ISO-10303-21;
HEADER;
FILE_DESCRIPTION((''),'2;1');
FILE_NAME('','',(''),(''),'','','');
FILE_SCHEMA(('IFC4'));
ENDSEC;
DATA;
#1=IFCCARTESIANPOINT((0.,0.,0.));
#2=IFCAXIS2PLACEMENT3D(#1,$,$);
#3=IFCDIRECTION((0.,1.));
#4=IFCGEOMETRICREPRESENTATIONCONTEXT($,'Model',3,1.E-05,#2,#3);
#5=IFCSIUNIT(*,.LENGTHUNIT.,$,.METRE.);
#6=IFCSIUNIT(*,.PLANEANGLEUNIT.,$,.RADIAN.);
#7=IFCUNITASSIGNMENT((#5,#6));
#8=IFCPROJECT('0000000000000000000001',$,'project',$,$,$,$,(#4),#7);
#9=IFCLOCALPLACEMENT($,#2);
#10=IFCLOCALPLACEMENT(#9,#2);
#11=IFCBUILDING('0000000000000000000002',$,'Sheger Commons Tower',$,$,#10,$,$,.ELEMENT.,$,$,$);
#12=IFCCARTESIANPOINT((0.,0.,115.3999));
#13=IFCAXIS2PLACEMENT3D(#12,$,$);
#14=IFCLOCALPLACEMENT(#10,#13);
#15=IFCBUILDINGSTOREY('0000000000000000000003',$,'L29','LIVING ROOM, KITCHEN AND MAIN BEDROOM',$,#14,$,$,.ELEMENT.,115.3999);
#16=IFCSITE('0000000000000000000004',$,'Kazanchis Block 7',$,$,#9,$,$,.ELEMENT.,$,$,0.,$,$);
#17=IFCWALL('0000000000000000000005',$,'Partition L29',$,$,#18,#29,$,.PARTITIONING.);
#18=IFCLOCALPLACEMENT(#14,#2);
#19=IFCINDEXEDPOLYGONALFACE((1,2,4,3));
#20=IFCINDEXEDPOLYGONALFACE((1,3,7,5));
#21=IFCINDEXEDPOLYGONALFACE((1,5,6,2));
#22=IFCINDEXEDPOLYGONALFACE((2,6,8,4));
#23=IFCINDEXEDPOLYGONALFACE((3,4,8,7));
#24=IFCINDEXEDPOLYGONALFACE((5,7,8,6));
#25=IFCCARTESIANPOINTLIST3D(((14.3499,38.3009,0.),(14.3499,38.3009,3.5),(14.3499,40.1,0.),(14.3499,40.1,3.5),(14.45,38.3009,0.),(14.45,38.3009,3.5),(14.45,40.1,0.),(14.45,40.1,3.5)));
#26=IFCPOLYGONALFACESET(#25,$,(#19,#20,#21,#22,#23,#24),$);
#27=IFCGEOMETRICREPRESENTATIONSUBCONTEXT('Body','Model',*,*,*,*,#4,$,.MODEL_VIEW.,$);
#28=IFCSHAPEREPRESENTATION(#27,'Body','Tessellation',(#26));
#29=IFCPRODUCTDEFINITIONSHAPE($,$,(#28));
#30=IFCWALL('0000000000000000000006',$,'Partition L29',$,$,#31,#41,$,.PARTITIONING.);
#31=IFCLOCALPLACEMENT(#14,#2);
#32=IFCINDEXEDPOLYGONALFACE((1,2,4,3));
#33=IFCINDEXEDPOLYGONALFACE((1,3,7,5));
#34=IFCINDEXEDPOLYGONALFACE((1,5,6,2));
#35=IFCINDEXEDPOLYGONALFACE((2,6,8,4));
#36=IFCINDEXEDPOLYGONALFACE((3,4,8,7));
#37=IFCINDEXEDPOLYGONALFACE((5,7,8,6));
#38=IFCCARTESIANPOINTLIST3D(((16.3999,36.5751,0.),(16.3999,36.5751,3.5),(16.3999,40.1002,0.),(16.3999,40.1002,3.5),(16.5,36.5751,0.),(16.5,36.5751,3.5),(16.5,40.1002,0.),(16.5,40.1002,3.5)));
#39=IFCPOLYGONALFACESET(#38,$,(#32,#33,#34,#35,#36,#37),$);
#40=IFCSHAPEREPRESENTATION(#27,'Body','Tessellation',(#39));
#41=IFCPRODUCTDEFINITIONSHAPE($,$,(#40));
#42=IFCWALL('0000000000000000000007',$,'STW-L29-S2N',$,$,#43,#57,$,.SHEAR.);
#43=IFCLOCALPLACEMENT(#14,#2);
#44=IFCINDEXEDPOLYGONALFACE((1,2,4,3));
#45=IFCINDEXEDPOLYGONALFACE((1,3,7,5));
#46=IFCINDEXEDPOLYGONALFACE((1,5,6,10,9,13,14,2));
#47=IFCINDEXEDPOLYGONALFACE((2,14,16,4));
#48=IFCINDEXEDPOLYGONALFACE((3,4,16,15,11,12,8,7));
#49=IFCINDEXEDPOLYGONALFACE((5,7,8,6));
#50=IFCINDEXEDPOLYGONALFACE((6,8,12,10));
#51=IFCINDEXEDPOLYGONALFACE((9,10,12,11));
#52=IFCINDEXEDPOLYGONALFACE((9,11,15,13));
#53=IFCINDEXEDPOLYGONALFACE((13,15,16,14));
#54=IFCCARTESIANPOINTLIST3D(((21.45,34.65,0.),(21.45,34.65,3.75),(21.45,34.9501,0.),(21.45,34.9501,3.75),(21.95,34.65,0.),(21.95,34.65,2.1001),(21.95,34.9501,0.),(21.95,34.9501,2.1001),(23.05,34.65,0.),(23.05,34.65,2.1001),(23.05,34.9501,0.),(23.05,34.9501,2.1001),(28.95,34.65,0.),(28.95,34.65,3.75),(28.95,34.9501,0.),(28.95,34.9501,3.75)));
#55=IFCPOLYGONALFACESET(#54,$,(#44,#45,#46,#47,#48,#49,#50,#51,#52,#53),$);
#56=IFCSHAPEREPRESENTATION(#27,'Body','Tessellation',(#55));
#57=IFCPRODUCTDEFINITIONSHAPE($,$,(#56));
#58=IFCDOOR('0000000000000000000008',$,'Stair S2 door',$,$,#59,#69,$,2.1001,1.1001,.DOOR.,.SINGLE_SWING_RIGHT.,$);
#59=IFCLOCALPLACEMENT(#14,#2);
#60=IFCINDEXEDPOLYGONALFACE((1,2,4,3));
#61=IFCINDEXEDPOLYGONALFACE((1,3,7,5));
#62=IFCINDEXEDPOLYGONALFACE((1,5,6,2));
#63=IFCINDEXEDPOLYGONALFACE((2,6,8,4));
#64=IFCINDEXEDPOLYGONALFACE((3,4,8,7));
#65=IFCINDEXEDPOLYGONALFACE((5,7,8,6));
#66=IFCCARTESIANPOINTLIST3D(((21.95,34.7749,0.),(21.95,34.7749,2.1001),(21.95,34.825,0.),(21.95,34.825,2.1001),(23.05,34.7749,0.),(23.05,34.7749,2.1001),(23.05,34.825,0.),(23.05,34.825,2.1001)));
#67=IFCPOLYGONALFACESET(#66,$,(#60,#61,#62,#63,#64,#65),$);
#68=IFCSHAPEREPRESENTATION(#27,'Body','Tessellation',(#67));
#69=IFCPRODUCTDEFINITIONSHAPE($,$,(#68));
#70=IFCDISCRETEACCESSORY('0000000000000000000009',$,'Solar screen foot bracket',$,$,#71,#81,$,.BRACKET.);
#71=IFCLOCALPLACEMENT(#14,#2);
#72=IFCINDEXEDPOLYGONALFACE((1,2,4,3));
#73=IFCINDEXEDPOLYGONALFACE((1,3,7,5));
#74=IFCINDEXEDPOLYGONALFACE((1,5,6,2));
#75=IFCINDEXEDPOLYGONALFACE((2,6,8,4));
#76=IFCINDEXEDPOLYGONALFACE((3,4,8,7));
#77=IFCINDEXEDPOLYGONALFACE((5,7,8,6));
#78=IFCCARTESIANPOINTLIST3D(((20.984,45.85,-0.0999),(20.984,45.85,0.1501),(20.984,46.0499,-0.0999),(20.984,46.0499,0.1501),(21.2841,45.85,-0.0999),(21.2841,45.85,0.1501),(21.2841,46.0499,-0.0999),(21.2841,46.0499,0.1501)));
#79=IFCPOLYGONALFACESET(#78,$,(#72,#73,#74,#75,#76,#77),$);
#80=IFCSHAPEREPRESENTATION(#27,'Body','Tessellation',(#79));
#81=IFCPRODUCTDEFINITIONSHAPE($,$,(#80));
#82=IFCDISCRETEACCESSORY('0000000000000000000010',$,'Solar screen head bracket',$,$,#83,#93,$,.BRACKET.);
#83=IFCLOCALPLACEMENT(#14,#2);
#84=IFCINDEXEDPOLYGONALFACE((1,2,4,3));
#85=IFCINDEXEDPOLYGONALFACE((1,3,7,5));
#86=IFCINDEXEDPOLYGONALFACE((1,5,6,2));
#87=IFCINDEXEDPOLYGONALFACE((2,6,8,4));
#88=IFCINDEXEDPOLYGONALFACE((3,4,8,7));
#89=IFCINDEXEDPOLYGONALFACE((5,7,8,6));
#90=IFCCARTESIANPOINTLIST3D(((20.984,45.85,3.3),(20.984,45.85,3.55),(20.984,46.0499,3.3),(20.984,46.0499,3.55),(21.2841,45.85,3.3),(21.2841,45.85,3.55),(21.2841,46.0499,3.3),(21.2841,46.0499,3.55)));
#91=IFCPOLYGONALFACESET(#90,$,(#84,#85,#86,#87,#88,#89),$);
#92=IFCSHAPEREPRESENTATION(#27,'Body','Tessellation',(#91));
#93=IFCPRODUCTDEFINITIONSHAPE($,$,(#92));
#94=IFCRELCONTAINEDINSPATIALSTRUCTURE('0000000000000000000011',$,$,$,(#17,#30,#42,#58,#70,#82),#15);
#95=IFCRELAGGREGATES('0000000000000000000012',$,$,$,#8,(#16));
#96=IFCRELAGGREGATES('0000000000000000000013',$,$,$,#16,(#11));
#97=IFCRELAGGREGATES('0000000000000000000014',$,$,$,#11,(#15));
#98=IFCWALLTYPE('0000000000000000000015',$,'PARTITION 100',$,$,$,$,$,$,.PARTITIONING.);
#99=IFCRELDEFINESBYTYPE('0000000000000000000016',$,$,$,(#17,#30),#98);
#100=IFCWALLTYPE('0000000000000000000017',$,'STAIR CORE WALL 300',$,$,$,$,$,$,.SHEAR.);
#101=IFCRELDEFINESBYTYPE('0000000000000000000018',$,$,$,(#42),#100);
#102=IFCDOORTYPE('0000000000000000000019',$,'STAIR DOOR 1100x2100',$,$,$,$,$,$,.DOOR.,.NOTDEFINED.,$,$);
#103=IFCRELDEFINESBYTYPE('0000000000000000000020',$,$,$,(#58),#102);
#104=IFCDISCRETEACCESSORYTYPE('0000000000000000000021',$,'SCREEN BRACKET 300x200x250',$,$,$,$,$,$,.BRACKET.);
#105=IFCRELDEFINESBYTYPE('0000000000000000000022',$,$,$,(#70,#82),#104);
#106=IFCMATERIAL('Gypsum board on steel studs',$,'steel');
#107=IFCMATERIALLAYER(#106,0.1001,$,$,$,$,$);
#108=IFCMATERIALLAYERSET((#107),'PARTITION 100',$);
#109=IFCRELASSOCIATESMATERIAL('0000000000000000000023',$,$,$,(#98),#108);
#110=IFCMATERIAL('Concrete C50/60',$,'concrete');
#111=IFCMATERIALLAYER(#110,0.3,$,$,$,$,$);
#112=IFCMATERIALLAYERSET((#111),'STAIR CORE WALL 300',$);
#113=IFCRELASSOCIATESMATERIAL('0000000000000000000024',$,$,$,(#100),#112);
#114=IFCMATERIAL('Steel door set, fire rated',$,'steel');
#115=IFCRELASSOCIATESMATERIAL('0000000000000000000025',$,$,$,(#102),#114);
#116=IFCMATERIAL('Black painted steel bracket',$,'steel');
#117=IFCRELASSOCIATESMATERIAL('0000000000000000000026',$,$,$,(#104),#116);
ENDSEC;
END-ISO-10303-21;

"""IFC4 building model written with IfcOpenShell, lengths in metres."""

from ifc_helpers import new_model, si_unit, direction, frame, frame_2d, origin, origin_2d, place, context, subcontext, project, spatial, rectangle, extrude, material, layer, layer_set, type_object, element, fill, save


model = new_model("IFC4")

# Units and contexts
model_context = context("Model", 3, precision=1e-05, world=origin(), true_north=direction((0.0, 1.0)))
body_context = subcontext(model_context, "Body", "Model", "MODEL_VIEW")
ifc_project = project(units=[si_unit("LENGTHUNIT", "METRE"), si_unit("PLANEANGLEUNIT", "RADIAN")], contexts=[model_context])

# Site, building, storey
site_placement = place(None, origin())
site = spatial("IfcSite", under=ifc_project, at=site_placement, Name="Kazanchis Block 7", CompositionType="ELEMENT", RefElevation=0.0)
building_placement = place(site_placement, origin())
building = spatial("IfcBuilding", under=site, at=building_placement, Name="Sheger Commons Tower", CompositionType="ELEMENT")
storey_placement = place(building_placement, frame((0.0, 0.0, 115.3999)))
storey = spatial("IfcBuildingStorey", under=building, at=storey_placement, Name="L29", Description="LIVING ROOM, KITCHEN AND MAIN BEDROOM", CompositionType="ELEMENT", Elevation=115.3999)

# Shared definitions
ifc_material_1 = material(Name="Gypsum board on steel studs", Category="steel")
ifc_layer_1 = layer(ifc_material_1, 0.1001)
ifc_layer_set_1 = layer_set([ifc_layer_1], Name="PARTITION 100")
wall_type_1 = type_object("IfcWallType", Name="PARTITION 100", PredefinedType="PARTITIONING", material=ifc_layer_set_1)

# Walls
wall_1_placement = place(storey_placement, frame((14.3999, 38.301, 0.0), z_axis=(0.0, 0.0, 1.0), x_axis=(0.0, 1.0, 0.0)))
element("IfcWall", 1, at=wall_1_placement, inside=storey, type_object=wall_type_1, Name="Partition L29", PredefinedType="PARTITIONING", context=body_context, shape_type="SweptSolid", body=[
    extrude(rectangle(XDim=1.7991, YDim=0.1001, at=frame_2d((0.8994, 0.0))), origin(), (0.0, 0.0, 1.0), 3.5),
])
wall_2_placement = place(storey_placement, frame((16.45, 36.575, 0.0), z_axis=(0.0, 0.0, 1.0), x_axis=(0.0, 1.0, 0.0)))
element("IfcWall", 2, at=wall_2_placement, inside=storey, type_object=wall_type_1, Name="Partition L29", PredefinedType="PARTITIONING", context=body_context, shape_type="SweptSolid", body=[
    extrude(rectangle(XDim=3.5251, YDim=0.1001, at=frame_2d((1.7627, 0.0))), origin(), (0.0, 0.0, 1.0), 3.5),
])

# Wall, opening, door
ifc_material_2 = material(Name="Concrete C50/60", Category="concrete")
ifc_layer_2 = layer(ifc_material_2, 0.3)
ifc_layer_set_2 = layer_set([ifc_layer_2], Name="STAIR CORE WALL 300")
wall_type_2 = type_object("IfcWallType", Name="STAIR CORE WALL 300", PredefinedType="SHEAR", material=ifc_layer_set_2)
wall_3_placement = place(storey_placement, frame((21.45, 34.8, 0.0), z_axis=(0.0, 0.0, 1.0), x_axis=(1.0, 0.0, 0.0)))
wall_3 = element("IfcWall", 3, at=wall_3_placement, inside=storey, type_object=wall_type_2, Name="STW-L29-S2N", PredefinedType="SHEAR", context=body_context, shape_type="SweptSolid", body=[
    extrude(rectangle(XDim=7.5, YDim=0.3, at=frame_2d((3.75, 0.0))), origin(), (0.0, 0.0, 1.0), 3.75),
])
opening_1_placement = place(wall_3_placement, frame((0.5, 0.0, 0.0)))
opening_1 = element("IfcOpeningElement", 4, at=opening_1_placement, cuts=wall_3, PredefinedType="OPENING", context=body_context, shape_type="SweptSolid", body=[
    extrude(rectangle(XDim=1.1001, YDim=2.1001, at=frame_2d((0.55, 1.05))), frame((0.0, 0.1599, 0.0), z_axis=(0.0, -1.0, 0.0), x_axis=(1.0, 0.0, 0.0)), (0.0, 0.0, 1.0), 0.3201),
])
ifc_material_3 = material(Name="Steel door set, fire rated", Category="steel")
door_type_1 = type_object("IfcDoorType", Name="STAIR DOOR 1100x2100", OperationType="NOTDEFINED", PredefinedType="DOOR", material=ifc_material_3)
door_1_placement = place(opening_1_placement, origin())
door_1 = element("IfcDoor", 5, at=door_1_placement, inside=storey, type_object=door_type_1, Name="Stair S2 door", OperationType="SINGLE_SWING_RIGHT", OverallHeight=2.1001, OverallWidth=1.1001, PredefinedType="DOOR", context=body_context, shape_type="SweptSolid", body=[
    extrude(rectangle(XDim=1.1001, YDim=2.1001, at=frame_2d((0.55, 1.05))), frame((0.0, 0.0249, 0.0), z_axis=(0.0, -1.0, 0.0), x_axis=(1.0, 0.0, 0.0)), (0.0, 0.0, 1.0), 0.05),
])
fill(opening_1, door_1)

# Discrete accessories
ifc_material_4 = material(Name="Black painted steel bracket", Category="steel")
discrete_accessory_type = type_object("IfcDiscreteAccessoryType", Name="SCREEN BRACKET 300x200x250", PredefinedType="BRACKET", material=ifc_material_4)
for number, where, z_axis, x_axis, name in (
    (6, (21.134, 45.95, -0.0999), (0.0, 0.0, 1.0), (-1.0, 0.0, 0.0), "Solar screen foot bracket"),
    (7, (21.134, 45.95, 3.3), (0.0, 0.0, 1.0), (-1.0, 0.0, 0.0), "Solar screen head bracket"),
):
    element("IfcDiscreteAccessory", number, at=place(storey_placement, frame(where, z_axis=z_axis, x_axis=x_axis)), inside=storey, type_object=discrete_accessory_type, Name=name, PredefinedType="BRACKET", context=body_context, shape_type="SweptSolid", body=[
        extrude(rectangle(XDim=0.3, YDim=0.2, at=origin_2d()), origin(), (0.0, 0.0, 1.0), 0.25),
    ])

save(model, "model.ifc")
